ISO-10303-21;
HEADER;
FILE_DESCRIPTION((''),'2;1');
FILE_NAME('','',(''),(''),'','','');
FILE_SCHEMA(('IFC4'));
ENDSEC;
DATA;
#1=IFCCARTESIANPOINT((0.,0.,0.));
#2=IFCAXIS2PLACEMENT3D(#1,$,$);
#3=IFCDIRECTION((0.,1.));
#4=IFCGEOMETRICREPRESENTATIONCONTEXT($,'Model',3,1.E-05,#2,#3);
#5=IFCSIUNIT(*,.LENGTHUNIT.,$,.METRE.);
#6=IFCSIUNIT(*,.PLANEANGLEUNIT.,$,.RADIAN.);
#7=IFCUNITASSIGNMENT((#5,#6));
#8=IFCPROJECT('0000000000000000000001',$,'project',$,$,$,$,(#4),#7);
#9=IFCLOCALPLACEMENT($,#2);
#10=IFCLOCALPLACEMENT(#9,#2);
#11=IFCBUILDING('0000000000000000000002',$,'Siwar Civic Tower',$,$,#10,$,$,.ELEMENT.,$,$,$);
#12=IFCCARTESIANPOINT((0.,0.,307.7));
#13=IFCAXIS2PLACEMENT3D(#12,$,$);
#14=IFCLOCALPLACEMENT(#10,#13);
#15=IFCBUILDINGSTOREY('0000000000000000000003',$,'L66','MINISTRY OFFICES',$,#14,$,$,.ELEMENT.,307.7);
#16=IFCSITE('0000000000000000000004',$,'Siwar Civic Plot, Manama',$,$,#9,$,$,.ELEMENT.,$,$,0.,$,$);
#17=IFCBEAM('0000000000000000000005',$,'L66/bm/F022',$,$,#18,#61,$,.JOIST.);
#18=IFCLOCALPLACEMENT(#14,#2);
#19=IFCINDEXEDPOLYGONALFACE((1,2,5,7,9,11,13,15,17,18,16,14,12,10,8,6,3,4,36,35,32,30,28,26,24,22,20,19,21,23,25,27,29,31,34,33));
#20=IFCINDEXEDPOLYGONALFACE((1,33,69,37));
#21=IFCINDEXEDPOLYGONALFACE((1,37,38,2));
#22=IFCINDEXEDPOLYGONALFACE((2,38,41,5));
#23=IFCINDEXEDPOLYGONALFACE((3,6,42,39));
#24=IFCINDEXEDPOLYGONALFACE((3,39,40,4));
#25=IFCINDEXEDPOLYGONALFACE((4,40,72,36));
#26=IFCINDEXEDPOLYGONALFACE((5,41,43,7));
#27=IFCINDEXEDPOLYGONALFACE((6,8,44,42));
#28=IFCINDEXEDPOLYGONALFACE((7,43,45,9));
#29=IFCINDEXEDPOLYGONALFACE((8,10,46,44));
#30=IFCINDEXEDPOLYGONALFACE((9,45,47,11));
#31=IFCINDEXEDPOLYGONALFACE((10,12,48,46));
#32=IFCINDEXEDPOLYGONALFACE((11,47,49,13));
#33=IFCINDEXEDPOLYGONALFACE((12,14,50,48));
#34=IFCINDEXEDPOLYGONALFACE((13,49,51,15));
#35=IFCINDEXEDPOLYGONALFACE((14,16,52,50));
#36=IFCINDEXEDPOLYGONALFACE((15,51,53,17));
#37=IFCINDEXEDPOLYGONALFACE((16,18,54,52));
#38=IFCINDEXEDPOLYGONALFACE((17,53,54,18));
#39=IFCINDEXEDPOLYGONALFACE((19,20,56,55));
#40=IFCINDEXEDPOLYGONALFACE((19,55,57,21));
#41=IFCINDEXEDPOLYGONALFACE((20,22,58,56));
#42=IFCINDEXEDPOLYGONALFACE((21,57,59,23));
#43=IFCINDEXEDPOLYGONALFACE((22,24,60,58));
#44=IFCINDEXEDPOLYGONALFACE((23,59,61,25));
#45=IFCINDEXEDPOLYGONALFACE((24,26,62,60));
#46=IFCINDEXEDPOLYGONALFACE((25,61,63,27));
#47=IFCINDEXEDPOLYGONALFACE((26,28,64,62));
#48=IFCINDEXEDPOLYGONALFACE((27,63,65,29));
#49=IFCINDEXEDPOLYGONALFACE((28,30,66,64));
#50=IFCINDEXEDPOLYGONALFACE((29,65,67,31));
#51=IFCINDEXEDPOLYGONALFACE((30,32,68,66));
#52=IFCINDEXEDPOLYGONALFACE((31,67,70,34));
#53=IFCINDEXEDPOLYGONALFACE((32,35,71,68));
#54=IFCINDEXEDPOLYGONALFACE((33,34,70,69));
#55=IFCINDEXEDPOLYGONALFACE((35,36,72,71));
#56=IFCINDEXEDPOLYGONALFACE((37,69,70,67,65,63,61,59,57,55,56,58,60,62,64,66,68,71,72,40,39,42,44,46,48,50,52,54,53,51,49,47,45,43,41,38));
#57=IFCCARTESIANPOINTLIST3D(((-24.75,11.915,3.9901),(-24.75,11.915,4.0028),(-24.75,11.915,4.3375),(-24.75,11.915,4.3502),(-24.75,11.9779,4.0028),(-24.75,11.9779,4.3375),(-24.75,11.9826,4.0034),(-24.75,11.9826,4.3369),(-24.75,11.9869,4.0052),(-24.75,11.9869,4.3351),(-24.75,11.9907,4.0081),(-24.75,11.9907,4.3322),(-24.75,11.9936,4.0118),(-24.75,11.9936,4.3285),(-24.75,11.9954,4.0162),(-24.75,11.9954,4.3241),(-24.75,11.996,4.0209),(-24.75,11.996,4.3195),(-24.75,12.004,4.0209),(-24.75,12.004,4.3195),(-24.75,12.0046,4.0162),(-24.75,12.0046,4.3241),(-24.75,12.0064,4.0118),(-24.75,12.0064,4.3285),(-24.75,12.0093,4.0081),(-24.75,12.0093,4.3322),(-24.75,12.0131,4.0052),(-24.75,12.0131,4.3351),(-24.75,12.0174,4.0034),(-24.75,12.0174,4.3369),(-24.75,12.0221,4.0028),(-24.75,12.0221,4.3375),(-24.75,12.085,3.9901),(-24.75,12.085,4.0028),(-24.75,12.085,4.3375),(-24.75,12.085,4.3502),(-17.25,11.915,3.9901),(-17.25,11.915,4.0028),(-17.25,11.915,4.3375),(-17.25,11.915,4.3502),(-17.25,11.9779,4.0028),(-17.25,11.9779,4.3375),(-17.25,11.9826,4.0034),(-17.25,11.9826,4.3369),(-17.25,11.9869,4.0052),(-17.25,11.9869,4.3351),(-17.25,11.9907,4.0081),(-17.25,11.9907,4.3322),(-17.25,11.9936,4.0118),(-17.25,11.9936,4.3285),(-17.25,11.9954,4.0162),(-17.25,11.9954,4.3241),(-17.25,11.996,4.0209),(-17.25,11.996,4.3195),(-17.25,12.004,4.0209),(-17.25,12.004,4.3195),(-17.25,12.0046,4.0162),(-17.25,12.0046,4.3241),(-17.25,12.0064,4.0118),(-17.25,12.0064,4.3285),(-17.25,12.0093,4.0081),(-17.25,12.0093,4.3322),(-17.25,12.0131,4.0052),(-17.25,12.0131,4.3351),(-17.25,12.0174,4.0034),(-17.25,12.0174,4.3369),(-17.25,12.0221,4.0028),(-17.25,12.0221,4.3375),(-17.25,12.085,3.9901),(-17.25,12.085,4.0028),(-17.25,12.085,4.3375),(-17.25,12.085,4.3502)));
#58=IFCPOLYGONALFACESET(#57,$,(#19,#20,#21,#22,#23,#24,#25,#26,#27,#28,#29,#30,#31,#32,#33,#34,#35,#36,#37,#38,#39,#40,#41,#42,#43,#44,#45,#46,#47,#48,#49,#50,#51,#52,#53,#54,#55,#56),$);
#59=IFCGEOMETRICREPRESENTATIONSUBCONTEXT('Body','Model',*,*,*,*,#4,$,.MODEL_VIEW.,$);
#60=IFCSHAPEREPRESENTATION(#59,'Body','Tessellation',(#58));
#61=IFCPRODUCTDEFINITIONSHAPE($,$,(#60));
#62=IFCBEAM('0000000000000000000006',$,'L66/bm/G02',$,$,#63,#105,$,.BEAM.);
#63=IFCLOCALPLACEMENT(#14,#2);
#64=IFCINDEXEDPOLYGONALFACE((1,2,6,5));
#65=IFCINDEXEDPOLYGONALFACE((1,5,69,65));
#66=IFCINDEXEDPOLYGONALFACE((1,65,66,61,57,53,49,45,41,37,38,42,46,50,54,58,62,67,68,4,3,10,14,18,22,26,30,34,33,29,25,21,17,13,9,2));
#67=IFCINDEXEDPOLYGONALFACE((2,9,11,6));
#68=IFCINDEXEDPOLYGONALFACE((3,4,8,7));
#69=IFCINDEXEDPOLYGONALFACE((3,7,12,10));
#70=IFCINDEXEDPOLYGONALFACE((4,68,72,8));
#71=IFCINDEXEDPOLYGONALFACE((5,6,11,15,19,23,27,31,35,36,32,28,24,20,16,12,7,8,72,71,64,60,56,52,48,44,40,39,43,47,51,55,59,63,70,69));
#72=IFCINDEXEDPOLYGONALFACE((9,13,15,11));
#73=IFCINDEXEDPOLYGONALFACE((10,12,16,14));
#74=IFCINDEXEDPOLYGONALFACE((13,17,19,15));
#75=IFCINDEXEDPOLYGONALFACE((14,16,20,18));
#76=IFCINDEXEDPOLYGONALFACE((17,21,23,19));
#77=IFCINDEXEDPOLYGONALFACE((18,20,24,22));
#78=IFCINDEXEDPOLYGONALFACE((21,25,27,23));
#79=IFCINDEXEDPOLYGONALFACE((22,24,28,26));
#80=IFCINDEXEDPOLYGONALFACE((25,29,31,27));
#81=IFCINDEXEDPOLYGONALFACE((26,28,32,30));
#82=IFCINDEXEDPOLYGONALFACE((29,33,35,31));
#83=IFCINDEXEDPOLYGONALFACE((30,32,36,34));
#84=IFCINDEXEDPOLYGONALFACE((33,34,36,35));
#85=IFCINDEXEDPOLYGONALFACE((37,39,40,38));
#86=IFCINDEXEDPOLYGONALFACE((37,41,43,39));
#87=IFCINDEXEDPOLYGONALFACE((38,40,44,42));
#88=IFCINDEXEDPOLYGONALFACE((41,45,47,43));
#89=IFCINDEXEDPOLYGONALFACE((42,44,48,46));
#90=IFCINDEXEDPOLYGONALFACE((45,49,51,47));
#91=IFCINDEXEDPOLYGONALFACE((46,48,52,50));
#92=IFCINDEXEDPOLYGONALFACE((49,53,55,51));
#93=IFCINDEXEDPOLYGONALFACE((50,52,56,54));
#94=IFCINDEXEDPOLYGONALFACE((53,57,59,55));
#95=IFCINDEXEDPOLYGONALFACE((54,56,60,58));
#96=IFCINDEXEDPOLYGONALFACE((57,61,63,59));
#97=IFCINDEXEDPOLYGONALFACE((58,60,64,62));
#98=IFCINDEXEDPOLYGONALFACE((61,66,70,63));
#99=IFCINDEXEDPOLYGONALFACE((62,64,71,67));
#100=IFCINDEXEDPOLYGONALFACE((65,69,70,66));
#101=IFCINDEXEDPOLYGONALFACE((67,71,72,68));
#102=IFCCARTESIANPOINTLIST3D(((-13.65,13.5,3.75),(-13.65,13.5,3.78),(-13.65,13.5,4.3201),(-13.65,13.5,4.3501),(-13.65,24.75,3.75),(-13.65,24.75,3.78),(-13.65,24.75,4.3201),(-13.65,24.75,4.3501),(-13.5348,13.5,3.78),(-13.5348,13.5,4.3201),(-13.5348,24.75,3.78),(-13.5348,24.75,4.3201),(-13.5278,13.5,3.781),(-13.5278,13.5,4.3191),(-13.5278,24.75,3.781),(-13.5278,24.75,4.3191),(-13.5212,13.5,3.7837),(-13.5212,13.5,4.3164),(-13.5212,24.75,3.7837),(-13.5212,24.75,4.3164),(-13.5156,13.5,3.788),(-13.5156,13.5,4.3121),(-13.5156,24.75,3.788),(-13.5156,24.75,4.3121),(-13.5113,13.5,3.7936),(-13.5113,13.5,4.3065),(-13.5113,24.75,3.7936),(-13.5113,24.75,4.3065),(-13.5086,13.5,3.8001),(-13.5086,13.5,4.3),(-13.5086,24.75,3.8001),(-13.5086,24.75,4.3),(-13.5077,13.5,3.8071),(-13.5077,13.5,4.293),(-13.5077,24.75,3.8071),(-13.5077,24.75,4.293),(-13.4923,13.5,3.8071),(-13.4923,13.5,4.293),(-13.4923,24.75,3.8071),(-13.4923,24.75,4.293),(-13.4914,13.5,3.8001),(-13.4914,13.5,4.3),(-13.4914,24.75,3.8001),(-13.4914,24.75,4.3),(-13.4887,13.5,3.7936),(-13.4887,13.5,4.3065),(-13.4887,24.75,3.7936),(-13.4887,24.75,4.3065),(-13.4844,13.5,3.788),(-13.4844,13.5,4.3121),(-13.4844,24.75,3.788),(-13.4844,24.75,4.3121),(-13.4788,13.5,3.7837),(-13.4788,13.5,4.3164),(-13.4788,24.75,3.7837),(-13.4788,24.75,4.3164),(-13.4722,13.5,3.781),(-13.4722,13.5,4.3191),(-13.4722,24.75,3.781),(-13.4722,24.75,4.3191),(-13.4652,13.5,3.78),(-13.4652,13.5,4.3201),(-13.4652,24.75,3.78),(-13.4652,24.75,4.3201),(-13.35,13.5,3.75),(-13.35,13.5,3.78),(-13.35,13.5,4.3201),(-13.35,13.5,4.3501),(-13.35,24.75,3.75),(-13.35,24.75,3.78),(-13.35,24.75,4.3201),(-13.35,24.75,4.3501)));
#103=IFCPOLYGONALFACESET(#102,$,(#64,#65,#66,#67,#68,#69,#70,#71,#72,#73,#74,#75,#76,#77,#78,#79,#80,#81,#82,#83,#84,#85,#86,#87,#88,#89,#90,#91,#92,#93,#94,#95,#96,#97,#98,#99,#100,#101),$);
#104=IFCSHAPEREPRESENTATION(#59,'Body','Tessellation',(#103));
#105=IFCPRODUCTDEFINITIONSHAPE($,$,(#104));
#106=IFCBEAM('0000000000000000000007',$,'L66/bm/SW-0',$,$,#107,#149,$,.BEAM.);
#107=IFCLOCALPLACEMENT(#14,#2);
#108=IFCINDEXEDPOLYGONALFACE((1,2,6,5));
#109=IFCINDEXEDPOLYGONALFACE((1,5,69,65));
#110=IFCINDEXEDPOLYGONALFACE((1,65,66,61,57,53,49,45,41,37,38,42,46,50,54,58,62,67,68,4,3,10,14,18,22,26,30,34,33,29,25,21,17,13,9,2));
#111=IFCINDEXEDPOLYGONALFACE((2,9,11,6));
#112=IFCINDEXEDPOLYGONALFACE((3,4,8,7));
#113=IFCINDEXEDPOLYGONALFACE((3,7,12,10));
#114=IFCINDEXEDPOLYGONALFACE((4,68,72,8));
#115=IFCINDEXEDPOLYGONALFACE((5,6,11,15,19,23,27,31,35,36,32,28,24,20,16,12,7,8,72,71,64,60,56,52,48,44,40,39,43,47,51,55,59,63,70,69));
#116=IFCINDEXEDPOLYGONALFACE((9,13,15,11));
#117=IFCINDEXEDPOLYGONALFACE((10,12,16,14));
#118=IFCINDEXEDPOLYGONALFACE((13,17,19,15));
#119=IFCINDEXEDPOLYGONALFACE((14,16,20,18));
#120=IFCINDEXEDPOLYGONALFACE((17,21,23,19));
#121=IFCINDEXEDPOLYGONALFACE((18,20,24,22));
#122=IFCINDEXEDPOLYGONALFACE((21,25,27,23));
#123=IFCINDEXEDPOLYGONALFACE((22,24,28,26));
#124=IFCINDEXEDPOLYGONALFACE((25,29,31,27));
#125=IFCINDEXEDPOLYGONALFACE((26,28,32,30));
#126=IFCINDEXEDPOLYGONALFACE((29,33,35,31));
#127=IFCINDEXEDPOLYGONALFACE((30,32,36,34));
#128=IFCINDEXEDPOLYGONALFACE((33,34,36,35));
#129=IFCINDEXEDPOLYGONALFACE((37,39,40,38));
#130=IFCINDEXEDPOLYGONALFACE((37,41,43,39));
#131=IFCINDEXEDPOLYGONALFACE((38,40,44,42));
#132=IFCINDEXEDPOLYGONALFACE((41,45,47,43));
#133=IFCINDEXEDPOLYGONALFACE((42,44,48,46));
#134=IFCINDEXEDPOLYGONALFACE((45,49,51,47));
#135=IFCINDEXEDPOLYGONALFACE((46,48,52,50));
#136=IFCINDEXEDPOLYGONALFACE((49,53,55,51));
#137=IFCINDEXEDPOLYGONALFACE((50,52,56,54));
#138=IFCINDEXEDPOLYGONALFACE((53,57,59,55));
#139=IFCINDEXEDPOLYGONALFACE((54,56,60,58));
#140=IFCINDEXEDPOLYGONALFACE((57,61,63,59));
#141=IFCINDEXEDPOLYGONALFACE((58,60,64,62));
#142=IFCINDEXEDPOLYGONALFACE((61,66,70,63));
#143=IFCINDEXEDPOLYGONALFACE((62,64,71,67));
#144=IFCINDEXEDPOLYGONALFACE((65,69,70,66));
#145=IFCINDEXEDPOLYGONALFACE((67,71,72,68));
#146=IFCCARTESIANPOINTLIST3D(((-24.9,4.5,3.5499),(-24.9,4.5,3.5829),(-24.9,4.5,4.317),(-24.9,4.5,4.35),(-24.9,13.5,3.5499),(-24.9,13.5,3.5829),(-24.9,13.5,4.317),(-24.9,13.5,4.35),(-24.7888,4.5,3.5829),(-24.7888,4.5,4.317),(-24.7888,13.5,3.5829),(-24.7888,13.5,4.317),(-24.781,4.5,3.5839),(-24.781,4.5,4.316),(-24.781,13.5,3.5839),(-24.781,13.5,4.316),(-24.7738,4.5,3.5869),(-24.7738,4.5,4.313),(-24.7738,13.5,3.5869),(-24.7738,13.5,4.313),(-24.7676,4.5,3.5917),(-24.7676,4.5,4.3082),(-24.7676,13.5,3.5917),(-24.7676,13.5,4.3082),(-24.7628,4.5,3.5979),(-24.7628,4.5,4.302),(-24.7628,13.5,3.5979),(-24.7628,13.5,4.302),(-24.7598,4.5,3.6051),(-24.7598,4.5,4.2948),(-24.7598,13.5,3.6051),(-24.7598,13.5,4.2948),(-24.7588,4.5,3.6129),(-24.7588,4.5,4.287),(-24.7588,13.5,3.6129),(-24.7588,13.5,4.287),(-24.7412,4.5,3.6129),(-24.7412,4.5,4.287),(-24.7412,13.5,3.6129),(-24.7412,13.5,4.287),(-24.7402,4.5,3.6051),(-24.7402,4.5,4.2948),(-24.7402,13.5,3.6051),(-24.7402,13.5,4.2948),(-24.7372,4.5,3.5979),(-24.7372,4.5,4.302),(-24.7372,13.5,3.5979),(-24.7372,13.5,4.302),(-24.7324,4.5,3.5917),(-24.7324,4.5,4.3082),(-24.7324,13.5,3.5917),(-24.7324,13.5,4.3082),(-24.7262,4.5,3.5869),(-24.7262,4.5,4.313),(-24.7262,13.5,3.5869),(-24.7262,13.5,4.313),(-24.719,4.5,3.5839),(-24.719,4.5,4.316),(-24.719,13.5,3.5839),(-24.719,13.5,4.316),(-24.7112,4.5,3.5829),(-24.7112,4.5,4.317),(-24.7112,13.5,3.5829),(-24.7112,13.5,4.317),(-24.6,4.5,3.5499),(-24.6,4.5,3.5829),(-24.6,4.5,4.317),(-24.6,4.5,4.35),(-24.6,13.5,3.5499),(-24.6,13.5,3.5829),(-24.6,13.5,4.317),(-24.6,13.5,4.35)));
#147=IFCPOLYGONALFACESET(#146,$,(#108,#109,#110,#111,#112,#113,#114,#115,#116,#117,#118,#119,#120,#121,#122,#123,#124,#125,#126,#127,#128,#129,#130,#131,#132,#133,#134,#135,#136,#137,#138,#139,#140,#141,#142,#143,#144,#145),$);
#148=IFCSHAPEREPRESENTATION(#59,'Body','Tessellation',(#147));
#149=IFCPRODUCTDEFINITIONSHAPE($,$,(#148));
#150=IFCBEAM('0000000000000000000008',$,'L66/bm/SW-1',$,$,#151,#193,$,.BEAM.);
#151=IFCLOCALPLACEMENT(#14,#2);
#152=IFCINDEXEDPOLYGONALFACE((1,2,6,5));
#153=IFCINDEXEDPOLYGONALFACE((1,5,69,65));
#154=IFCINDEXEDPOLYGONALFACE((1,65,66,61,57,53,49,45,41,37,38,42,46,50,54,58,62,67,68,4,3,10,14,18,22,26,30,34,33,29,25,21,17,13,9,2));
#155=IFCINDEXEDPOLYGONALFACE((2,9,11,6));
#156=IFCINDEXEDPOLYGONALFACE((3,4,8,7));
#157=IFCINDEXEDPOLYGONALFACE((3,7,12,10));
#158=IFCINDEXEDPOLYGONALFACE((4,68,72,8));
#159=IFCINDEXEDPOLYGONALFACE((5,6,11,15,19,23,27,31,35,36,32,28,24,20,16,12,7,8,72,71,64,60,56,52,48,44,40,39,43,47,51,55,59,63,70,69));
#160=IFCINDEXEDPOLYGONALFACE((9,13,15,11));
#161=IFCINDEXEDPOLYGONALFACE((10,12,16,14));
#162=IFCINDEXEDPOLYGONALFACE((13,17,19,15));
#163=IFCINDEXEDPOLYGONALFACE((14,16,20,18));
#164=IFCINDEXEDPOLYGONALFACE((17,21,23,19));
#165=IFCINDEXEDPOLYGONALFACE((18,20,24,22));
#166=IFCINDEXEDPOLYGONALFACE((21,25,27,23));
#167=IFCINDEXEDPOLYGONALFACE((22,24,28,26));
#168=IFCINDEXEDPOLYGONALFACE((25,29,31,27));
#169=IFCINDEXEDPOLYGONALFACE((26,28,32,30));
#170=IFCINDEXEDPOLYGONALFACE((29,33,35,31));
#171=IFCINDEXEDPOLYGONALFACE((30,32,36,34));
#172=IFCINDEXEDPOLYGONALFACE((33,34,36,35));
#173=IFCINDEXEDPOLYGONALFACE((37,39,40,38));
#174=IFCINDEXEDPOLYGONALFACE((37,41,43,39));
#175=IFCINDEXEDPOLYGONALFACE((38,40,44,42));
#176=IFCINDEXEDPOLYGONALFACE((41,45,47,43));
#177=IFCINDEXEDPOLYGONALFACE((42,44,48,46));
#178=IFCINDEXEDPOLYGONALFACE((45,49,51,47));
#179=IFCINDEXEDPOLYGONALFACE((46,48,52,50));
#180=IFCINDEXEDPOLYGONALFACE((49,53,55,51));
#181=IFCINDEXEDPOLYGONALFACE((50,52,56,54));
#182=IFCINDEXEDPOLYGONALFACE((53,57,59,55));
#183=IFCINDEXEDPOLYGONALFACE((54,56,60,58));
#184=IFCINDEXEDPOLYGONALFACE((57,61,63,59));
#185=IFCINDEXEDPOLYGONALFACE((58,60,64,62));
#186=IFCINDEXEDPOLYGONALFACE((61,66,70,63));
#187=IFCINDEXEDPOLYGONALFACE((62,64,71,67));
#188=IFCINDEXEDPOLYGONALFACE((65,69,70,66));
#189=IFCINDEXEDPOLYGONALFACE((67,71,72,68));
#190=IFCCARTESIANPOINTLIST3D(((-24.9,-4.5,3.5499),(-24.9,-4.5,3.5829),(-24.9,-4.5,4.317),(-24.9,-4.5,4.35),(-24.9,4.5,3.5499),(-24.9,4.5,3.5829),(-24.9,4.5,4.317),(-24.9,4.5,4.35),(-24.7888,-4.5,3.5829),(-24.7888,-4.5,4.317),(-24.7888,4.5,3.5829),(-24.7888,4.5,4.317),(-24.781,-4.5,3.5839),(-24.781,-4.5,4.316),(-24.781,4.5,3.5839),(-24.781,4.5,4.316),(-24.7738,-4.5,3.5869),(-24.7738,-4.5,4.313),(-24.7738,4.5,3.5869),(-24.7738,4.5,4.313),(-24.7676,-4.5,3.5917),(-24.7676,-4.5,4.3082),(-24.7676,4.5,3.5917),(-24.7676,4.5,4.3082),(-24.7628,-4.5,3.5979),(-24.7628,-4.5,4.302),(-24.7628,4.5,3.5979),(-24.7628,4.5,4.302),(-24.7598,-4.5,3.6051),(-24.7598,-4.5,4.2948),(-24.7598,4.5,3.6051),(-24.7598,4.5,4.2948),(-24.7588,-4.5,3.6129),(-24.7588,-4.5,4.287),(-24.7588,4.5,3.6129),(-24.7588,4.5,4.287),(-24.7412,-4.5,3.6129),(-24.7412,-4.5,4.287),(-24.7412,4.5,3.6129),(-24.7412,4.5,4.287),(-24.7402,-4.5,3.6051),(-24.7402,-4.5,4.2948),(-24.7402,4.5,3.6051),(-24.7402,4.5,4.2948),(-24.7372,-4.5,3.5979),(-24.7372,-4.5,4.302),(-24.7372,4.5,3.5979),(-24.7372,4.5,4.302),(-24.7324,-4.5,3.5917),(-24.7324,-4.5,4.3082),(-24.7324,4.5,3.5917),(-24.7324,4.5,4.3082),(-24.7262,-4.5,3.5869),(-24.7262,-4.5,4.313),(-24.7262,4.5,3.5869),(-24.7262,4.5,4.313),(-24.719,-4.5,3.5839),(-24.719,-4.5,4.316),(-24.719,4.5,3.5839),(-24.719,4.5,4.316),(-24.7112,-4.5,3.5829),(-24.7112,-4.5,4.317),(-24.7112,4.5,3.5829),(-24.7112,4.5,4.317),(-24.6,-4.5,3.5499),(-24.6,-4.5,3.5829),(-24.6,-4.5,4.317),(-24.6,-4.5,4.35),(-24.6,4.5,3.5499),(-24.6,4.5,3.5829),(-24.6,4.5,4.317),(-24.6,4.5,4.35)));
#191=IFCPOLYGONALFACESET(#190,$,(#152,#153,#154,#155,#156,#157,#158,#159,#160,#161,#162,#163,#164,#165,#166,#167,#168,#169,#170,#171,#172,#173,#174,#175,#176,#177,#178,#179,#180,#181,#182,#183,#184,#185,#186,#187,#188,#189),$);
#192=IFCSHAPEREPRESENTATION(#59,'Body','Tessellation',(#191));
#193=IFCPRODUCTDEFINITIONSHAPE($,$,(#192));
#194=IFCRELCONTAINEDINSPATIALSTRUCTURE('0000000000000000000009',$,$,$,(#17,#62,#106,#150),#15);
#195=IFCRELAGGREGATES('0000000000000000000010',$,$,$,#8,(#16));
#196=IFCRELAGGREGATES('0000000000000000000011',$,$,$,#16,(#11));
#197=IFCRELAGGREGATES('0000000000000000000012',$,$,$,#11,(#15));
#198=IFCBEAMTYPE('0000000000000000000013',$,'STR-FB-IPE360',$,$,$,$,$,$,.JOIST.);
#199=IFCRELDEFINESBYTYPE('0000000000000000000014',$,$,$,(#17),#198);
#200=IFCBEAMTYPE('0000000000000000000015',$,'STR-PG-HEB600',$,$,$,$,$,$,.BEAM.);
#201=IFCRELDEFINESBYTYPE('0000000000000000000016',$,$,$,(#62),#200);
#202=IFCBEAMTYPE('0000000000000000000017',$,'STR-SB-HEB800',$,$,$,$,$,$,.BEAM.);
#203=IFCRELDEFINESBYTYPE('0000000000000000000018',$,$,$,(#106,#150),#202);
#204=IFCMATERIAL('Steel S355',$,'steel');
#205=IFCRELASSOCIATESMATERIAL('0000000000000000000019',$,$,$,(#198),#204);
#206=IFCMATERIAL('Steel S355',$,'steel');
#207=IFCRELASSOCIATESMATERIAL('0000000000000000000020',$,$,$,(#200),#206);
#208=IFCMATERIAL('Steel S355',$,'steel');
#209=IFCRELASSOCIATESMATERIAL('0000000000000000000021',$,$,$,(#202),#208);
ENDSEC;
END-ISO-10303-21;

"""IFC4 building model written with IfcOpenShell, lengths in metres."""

from ifc_helpers import new_model, si_unit, direction, frame, origin, origin_2d, place, context, subcontext, project, spatial, i_section, extrude, material, material_profile, profile_set, type_object, element, save


model = new_model("IFC4")

# Units and contexts
model_context = context("Model", 3, precision=1e-05, world=origin(), true_north=direction((0.0, 1.0)))
body_context = subcontext(model_context, "Body", "Model", "MODEL_VIEW")
ifc_project = project(units=[si_unit("LENGTHUNIT", "METRE"), si_unit("PLANEANGLEUNIT", "RADIAN")], contexts=[model_context])

# Site, building, storey
site_placement = place(None, origin())
site = spatial("IfcSite", under=ifc_project, at=site_placement, Name="Siwar Civic Plot, Manama", CompositionType="ELEMENT", RefElevation=0.0)
building_placement = place(site_placement, origin())
building = spatial("IfcBuilding", under=site, at=building_placement, Name="Siwar Civic Tower", CompositionType="ELEMENT")
storey_placement = place(building_placement, frame((0.0, 0.0, 307.7)))
storey = spatial("IfcBuildingStorey", under=building, at=storey_placement, Name="L66", Description="MINISTRY OFFICES", CompositionType="ELEMENT", Elevation=307.7)

# Beams
ifc_material_1 = material(Name="Steel S355", Category="steel")
ifc_material_profile_1 = material_profile(ifc_material_1, i_section(OverallWidth=0.1699, OverallDepth=0.3601, WebThickness=0.0081, FlangeThickness=0.0127, FilletRadius=0.0181, at=origin_2d()), Name="IPE360")
ifc_profile_set_1 = profile_set([ifc_material_profile_1], Name="Steel S355")
beam_type_1 = type_object("IfcBeamType", Name="STR-FB-IPE360", PredefinedType="JOIST", material=ifc_profile_set_1)
for number, where, z_axis, x_axis, name in (
    (1, (-24.75, 12.0, 4.1702), (1.0, 0.0, 0.0), (0.0, 1.0, 0.0), "L66/bm/F022"),
):
    element("IfcBeam", number, at=place(storey_placement, frame(where, z_axis=z_axis, x_axis=x_axis)), inside=storey, type_object=beam_type_1, Name=name, PredefinedType="JOIST", context=body_context, shape_type="SweptSolid", body=[
        extrude(i_section(OverallWidth=0.1699, OverallDepth=0.3601, WebThickness=0.0081, FlangeThickness=0.0127, FilletRadius=0.0181, at=origin_2d()), origin(), (0.0, 0.0, 1.0), 7.5),
    ])
ifc_material_2 = material(Name="Steel S355", Category="steel")
ifc_material_profile_2 = material_profile(ifc_material_2, i_section(OverallWidth=0.3, OverallDepth=0.6001, WebThickness=0.0154, FlangeThickness=0.03, FilletRadius=0.0271, at=origin_2d()), Name="HEB600")
ifc_profile_set_2 = profile_set([ifc_material_profile_2], Name="Steel S355")
beam_type_2 = type_object("IfcBeamType", Name="STR-PG-HEB600", PredefinedType="BEAM", material=ifc_profile_set_2)
beam_placement = place(storey_placement, frame((-13.5, 13.5, 4.05), z_axis=(0.0, 1.0, 0.0), x_axis=(-1.0, 0.0, 0.0)))
element("IfcBeam", 2, at=beam_placement, inside=storey, type_object=beam_type_2, Name="L66/bm/G02", PredefinedType="BEAM", context=body_context, shape_type="SweptSolid", body=[
    extrude(i_section(OverallWidth=0.3, OverallDepth=0.6001, WebThickness=0.0154, FlangeThickness=0.03, FilletRadius=0.0271, at=origin_2d()), origin(), (0.0, 0.0, 1.0), 11.25),
])
ifc_material_3 = material(Name="Steel S355", Category="steel")
ifc_material_profile_3 = material_profile(ifc_material_3, i_section(OverallWidth=0.3, OverallDepth=0.8, WebThickness=0.0176, FlangeThickness=0.033, FilletRadius=0.03, at=origin_2d()), Name="HEB800")
ifc_profile_set_3 = profile_set([ifc_material_profile_3], Name="Steel S355")
beam_type_3 = type_object("IfcBeamType", Name="STR-SB-HEB800", PredefinedType="BEAM", material=ifc_profile_set_3)
for number, where, z_axis, x_axis, name in (
    (3, (-24.75, 13.5, 3.95), (0.0, -1.0, 0.0), (1.0, 0.0, 0.0), "L66/bm/SW-0"),
    (4, (-24.75, 4.5, 3.95), (0.0, -1.0, 0.0), (1.0, 0.0, 0.0), "L66/bm/SW-1"),
):
    element("IfcBeam", number, at=place(storey_placement, frame(where, z_axis=z_axis, x_axis=x_axis)), inside=storey, type_object=beam_type_3, Name=name, PredefinedType="BEAM", context=body_context, shape_type="SweptSolid", body=[
        extrude(i_section(OverallWidth=0.3, OverallDepth=0.8, WebThickness=0.0176, FlangeThickness=0.033, FilletRadius=0.03, at=origin_2d()), origin(), (0.0, 0.0, 1.0), 9.0),
    ])

save(model, "model.ifc")
